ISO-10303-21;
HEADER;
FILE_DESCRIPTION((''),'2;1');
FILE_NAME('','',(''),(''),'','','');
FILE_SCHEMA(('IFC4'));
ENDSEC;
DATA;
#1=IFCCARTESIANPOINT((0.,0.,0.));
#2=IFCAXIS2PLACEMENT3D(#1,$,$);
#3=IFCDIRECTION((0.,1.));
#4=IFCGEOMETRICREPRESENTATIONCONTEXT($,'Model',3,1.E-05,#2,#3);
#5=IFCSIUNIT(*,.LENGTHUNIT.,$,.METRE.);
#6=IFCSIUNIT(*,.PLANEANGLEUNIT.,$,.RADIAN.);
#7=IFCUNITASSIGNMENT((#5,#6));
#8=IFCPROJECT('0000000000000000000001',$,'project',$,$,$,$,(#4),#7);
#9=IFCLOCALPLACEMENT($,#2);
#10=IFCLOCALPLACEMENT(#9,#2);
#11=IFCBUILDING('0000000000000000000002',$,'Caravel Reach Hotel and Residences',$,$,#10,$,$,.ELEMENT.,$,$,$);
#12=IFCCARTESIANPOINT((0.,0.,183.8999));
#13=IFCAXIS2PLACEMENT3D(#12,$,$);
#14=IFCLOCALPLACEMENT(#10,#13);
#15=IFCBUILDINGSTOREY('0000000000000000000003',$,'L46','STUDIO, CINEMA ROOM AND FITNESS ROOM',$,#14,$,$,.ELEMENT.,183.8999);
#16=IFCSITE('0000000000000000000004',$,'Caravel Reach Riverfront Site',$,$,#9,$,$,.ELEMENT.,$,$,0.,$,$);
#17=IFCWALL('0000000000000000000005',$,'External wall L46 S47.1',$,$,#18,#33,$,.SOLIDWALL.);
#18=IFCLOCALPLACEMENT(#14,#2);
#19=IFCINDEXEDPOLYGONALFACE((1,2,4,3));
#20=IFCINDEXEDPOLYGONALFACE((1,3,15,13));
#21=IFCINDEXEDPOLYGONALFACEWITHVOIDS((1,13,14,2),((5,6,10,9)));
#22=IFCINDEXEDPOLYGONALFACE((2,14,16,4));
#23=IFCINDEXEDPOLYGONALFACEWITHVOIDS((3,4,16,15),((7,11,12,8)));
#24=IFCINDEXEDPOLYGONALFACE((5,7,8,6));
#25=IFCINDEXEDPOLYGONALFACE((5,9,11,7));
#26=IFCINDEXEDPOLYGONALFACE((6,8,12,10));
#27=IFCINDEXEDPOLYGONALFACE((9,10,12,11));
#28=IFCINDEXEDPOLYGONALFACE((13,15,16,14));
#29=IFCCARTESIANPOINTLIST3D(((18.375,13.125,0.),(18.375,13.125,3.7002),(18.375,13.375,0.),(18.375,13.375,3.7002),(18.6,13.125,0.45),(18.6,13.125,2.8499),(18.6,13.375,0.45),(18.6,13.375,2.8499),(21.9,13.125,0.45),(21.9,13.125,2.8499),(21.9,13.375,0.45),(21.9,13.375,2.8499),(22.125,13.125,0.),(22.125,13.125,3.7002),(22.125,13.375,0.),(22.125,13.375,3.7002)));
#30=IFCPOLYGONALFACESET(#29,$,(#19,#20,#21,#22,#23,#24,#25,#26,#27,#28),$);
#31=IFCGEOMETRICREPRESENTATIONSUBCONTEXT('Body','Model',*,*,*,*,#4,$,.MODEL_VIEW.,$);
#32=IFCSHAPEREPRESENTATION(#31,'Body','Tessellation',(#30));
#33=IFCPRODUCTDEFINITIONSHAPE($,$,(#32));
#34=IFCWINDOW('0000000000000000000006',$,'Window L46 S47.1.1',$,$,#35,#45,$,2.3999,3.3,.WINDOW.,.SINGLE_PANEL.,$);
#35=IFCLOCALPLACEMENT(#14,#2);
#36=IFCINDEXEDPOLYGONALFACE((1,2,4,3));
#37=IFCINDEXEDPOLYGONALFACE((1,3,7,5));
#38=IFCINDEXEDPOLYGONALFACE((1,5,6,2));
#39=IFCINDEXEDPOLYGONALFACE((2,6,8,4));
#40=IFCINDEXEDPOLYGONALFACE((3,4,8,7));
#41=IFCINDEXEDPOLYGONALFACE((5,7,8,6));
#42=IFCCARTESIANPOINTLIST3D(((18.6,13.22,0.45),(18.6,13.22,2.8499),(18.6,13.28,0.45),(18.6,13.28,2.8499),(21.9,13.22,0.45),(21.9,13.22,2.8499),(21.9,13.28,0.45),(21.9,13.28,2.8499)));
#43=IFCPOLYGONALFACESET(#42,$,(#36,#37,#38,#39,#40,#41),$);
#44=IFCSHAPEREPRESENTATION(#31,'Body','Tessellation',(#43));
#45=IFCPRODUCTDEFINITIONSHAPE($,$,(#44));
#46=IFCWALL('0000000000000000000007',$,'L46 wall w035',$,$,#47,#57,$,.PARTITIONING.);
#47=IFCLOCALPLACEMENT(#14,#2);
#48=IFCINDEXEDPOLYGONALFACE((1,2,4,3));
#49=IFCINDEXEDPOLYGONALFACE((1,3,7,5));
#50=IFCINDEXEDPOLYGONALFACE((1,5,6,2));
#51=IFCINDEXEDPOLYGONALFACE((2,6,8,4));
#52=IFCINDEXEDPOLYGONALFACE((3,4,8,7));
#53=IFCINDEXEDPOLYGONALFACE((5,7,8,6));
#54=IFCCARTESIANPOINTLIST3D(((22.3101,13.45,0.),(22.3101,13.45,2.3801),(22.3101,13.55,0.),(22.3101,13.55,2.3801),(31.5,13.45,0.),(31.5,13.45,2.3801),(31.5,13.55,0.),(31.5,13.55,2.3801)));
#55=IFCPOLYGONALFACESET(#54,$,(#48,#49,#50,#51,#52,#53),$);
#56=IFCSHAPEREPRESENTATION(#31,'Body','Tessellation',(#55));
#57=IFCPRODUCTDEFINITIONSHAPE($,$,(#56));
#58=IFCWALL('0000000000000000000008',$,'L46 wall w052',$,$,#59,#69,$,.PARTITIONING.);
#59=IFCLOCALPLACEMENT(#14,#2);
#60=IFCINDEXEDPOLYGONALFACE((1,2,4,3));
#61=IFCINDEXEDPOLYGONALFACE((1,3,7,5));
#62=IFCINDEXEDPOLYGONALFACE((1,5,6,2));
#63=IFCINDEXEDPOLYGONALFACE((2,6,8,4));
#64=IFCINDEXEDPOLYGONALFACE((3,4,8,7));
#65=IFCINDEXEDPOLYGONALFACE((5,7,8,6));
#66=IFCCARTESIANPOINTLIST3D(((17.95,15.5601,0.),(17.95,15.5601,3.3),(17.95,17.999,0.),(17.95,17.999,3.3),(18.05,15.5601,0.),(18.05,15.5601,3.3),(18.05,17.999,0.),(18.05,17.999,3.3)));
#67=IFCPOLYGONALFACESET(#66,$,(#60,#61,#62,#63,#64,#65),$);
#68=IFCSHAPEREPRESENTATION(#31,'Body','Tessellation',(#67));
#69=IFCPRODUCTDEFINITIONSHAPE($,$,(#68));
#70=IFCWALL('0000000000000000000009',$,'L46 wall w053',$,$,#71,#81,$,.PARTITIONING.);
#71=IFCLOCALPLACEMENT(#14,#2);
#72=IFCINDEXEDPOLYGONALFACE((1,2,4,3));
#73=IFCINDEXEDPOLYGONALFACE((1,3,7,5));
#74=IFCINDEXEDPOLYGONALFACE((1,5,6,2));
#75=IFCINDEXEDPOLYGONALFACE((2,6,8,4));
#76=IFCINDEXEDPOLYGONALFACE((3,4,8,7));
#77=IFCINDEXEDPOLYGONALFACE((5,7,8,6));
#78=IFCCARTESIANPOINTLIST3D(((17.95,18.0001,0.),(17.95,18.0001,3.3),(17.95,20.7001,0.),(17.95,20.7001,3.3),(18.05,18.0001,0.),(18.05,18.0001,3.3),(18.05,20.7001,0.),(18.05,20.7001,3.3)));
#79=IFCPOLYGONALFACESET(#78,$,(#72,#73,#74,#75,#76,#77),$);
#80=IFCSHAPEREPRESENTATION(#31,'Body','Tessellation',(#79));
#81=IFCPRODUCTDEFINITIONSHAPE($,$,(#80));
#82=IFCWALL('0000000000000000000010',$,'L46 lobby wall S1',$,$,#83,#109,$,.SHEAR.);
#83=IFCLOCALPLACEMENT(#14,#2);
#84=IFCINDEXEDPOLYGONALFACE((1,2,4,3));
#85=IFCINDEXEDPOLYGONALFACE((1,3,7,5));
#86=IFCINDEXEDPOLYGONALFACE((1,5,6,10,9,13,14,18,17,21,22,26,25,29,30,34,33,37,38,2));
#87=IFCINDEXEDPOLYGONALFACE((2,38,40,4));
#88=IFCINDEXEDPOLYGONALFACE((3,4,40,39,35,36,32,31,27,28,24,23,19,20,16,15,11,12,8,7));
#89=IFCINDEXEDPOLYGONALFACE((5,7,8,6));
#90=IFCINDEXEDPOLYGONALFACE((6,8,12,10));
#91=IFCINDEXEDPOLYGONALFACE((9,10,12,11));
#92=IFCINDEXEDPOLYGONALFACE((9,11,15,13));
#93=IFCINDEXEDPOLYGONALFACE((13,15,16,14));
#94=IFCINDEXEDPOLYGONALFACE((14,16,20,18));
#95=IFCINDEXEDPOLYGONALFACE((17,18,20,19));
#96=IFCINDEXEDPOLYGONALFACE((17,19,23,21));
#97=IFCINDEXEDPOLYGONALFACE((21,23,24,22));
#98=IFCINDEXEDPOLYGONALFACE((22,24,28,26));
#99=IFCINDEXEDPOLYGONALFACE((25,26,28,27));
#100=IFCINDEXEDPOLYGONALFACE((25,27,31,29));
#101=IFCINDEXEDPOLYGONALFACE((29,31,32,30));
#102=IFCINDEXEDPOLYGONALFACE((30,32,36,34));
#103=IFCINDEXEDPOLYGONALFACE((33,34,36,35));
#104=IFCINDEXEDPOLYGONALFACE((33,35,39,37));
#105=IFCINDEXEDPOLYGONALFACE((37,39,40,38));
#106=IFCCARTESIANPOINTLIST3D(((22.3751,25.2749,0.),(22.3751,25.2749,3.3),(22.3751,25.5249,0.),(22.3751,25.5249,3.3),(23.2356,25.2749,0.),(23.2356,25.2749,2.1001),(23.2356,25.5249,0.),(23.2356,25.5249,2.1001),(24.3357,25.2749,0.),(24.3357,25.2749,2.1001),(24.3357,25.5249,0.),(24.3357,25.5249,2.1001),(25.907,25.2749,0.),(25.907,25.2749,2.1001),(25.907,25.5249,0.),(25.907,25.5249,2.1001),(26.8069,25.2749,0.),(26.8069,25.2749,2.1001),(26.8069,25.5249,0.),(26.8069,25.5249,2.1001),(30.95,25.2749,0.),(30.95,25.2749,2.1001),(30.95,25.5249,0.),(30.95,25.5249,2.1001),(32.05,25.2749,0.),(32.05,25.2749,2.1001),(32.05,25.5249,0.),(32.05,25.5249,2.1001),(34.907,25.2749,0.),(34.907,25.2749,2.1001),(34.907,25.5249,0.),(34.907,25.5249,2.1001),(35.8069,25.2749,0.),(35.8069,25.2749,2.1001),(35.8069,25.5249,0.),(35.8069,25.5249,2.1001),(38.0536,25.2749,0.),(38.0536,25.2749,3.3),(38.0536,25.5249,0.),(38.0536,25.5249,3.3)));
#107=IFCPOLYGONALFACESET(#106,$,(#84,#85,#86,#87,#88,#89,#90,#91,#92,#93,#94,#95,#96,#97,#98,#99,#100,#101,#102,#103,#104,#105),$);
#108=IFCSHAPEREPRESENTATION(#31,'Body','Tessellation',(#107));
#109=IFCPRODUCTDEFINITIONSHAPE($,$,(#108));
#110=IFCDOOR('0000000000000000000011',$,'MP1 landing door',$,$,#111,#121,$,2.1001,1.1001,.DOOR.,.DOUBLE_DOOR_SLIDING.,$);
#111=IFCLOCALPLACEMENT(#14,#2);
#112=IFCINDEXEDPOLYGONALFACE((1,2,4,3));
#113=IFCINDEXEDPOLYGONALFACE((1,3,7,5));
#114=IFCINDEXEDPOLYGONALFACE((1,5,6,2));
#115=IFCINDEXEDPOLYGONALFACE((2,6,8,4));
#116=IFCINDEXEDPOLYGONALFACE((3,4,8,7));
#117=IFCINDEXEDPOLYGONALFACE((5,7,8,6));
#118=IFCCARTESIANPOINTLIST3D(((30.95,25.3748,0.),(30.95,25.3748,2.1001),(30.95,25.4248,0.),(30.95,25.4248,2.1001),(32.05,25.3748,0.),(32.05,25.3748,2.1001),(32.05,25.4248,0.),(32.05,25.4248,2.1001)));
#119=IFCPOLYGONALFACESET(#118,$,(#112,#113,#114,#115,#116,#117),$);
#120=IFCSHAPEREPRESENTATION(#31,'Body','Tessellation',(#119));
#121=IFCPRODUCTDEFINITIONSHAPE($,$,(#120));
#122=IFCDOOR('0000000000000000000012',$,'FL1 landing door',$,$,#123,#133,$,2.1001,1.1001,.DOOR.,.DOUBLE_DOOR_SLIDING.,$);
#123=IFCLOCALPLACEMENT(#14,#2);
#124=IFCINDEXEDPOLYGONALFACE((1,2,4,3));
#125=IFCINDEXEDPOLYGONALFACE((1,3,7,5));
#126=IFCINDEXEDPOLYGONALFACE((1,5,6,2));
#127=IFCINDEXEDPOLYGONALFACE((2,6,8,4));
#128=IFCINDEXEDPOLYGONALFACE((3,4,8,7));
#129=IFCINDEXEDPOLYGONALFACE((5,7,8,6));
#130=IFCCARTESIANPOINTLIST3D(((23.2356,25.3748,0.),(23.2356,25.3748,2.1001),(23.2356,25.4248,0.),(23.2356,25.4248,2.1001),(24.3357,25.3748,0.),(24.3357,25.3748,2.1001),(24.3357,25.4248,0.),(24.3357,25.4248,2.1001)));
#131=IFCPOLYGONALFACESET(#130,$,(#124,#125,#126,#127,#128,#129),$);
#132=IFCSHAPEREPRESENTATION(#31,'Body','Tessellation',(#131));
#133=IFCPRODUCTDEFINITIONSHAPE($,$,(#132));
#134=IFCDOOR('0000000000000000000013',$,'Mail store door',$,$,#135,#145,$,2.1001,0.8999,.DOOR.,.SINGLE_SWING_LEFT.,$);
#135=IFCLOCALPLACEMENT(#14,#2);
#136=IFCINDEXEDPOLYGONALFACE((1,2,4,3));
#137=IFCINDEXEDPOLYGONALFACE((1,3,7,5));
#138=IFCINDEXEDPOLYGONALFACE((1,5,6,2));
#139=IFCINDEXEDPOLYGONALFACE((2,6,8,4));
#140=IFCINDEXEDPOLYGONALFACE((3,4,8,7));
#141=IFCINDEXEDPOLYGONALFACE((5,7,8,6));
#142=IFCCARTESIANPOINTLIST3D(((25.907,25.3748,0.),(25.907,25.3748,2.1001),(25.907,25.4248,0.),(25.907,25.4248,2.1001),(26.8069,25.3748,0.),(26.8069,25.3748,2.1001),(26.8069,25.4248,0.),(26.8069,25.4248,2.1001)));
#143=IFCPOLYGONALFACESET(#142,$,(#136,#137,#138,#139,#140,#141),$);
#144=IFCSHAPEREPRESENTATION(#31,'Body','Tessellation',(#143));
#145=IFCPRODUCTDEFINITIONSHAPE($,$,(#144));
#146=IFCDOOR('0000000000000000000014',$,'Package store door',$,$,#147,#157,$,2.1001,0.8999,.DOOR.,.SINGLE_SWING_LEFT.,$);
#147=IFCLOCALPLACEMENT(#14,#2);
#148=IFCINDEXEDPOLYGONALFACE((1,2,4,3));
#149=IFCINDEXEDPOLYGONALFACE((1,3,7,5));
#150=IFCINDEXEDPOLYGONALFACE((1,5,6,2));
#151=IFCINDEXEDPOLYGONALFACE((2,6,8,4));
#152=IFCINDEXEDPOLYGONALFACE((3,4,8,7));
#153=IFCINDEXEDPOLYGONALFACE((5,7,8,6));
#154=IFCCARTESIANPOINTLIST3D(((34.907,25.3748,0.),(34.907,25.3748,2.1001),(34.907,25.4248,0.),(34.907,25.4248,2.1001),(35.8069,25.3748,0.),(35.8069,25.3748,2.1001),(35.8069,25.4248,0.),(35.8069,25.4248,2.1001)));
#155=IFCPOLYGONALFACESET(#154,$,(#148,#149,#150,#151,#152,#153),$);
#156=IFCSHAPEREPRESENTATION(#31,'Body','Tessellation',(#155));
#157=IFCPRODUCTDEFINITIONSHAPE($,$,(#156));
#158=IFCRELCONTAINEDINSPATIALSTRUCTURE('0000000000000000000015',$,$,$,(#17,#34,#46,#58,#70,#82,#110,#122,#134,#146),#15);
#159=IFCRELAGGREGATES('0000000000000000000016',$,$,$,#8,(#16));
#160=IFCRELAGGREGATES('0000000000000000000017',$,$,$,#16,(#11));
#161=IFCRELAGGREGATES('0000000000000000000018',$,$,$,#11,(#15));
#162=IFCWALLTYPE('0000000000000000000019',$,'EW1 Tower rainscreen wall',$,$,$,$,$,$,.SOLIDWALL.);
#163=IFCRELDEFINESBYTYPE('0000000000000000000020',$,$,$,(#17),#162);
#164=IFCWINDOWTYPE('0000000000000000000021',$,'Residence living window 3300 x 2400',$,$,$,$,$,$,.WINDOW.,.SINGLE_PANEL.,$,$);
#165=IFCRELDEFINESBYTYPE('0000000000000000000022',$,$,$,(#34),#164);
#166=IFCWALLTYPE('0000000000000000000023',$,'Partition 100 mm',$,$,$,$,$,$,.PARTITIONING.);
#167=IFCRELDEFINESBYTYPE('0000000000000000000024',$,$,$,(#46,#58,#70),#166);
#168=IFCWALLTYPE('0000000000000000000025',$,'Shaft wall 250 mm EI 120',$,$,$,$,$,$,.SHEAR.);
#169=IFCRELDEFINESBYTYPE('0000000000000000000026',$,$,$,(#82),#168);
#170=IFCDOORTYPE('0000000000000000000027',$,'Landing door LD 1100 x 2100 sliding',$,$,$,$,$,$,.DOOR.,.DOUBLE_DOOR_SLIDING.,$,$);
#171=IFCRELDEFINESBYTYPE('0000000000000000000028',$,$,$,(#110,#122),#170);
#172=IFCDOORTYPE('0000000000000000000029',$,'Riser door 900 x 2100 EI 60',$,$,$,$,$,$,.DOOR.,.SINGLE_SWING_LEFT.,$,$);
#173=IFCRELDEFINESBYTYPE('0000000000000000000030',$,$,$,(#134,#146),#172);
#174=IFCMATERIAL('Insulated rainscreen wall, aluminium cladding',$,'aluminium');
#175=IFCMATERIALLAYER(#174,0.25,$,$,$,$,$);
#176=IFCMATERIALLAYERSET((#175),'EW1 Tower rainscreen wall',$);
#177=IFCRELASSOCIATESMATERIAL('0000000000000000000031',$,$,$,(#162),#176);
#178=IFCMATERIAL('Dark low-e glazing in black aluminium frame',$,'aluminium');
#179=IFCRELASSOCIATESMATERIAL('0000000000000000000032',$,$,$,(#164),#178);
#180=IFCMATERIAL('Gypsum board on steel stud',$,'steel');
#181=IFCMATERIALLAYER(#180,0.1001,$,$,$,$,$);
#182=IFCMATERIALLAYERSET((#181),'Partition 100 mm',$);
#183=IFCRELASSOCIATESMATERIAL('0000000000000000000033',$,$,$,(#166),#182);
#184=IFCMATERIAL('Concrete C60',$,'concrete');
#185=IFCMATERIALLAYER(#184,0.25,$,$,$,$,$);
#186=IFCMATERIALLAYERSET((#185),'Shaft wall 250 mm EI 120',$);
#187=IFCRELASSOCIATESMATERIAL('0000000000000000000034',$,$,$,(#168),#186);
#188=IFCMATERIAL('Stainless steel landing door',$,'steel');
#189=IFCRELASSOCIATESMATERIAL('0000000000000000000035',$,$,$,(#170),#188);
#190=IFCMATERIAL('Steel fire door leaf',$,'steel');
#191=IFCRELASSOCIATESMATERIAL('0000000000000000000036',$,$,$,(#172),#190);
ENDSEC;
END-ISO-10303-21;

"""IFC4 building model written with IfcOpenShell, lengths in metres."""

from ifc_helpers import new_model, si_unit, direction, frame, frame_2d, origin, place, context, subcontext, project, spatial, rectangle, extrude, material, layer, layer_set, type_object, element, fill, save


model = new_model("IFC4")

# Units and contexts
model_context = context("Model", 3, precision=1e-05, world=origin(), true_north=direction((0.0, 1.0)))
body_context = subcontext(model_context, "Body", "Model", "MODEL_VIEW")
ifc_project = project(units=[si_unit("LENGTHUNIT", "METRE"), si_unit("PLANEANGLEUNIT", "RADIAN")], contexts=[model_context])

# Site, building, storey
site_placement = place(None, origin())
site = spatial("IfcSite", under=ifc_project, at=site_placement, Name="Caravel Reach Riverfront Site", CompositionType="ELEMENT", RefElevation=0.0)
building_placement = place(site_placement, origin())
building = spatial("IfcBuilding", under=site, at=building_placement, Name="Caravel Reach Hotel and Residences", CompositionType="ELEMENT")
storey_placement = place(building_placement, frame((0.0, 0.0, 183.8999)))
storey = spatial("IfcBuildingStorey", under=building, at=storey_placement, Name="L46", Description="STUDIO, CINEMA ROOM AND FITNESS ROOM", CompositionType="ELEMENT", Elevation=183.8999)

# Wall, opening, window
ifc_material_1 = material(Name="Insulated rainscreen wall, aluminium cladding", Category="aluminium")
ifc_layer_1 = layer(ifc_material_1, 0.25)
ifc_layer_set_1 = layer_set([ifc_layer_1], Name="EW1 Tower rainscreen wall")
wall_type_1 = type_object("IfcWallType", Name="EW1 Tower rainscreen wall", PredefinedType="SOLIDWALL", material=ifc_layer_set_1)
wall_1_placement = place(storey_placement, frame((18.375, 13.25, 0.0), z_axis=(0.0, 0.0, 1.0), x_axis=(1.0, 0.0, 0.0)))
wall_1 = element("IfcWall", 1, at=wall_1_placement, inside=storey, type_object=wall_type_1, Name="External wall L46 S47.1", PredefinedType="SOLIDWALL", context=body_context, shape_type="SweptSolid", body=[
    extrude(rectangle(XDim=3.75, YDim=0.25, at=frame_2d((1.875, 0.0))), origin(), (0.0, 0.0, 1.0), 3.7002),
])
opening_1_placement = place(wall_1_placement, frame((0.2251, 0.0, 0.45)))
opening_1 = element("IfcOpeningElement", 2, at=opening_1_placement, cuts=wall_1, PredefinedType="OPENING", context=body_context, shape_type="SweptSolid", body=[
    extrude(rectangle(XDim=3.3, YDim=2.3999, at=frame_2d((1.6499, 1.2))), frame((0.0, 0.135, 0.0), z_axis=(0.0, -1.0, 0.0), x_axis=(1.0, 0.0, 0.0)), (0.0, 0.0, 1.0), 0.27),
])
ifc_material_2 = material(Name="Dark low-e glazing in black aluminium frame", Category="aluminium")
window_type_1 = type_object("IfcWindowType", Name="Residence living window 3300 x 2400", PartitioningType="SINGLE_PANEL", PredefinedType="WINDOW", material=ifc_material_2)
window_1_placement = place(opening_1_placement, origin())
window_1 = element("IfcWindow", 3, at=window_1_placement, inside=storey, type_object=window_type_1, Name="Window L46 S47.1.1", OverallHeight=2.3999, OverallWidth=3.3, PartitioningType="SINGLE_PANEL", PredefinedType="WINDOW", context=body_context, shape_type="SweptSolid", body=[
    extrude(rectangle(XDim=3.3, YDim=2.3999, at=frame_2d((1.6499, 1.2))), frame((0.0, 0.03, 0.0), z_axis=(0.0, -1.0, 0.0), x_axis=(1.0, 0.0, 0.0)), (0.0, 0.0, 1.0), 0.0601),
])
fill(opening_1, window_1)

# Walls
ifc_material_3 = material(Name="Gypsum board on steel stud", Category="steel")
ifc_layer_2 = layer(ifc_material_3, 0.1001)
ifc_layer_set_2 = layer_set([ifc_layer_2], Name="Partition 100 mm")
wall_type_2 = type_object("IfcWallType", Name="Partition 100 mm", PredefinedType="PARTITIONING", material=ifc_layer_set_2)
wall_2_placement = place(storey_placement, frame((22.3101, 13.5, 0.0), z_axis=(0.0, 0.0, 1.0), x_axis=(1.0, 0.0, 0.0)))
element("IfcWall", 4, at=wall_2_placement, inside=storey, type_object=wall_type_2, Name="L46 wall w035", PredefinedType="PARTITIONING", context=body_context, shape_type="SweptSolid", body=[
    extrude(rectangle(XDim=9.1899, YDim=0.1001, at=frame_2d((4.595, 0.0))), origin(), (0.0, 0.0, 1.0), 2.3801),
])
wall_3_placement = place(storey_placement, frame((18.0, 15.5601, 0.0), z_axis=(0.0, 0.0, 1.0), x_axis=(0.0, 1.0, 0.0)))
element("IfcWall", 5, at=wall_3_placement, inside=storey, type_object=wall_type_2, Name="L46 wall w052", PredefinedType="PARTITIONING", context=body_context, shape_type="SweptSolid", body=[
    extrude(rectangle(XDim=2.439, YDim=0.1001, at=frame_2d((1.2195, 0.0))), origin(), (0.0, 0.0, 1.0), 3.3),
])
wall_4_placement = place(storey_placement, frame((18.0, 18.0, 0.0), z_axis=(0.0, 0.0, 1.0), x_axis=(0.0, 1.0, 0.0)))
element("IfcWall", 6, at=wall_4_placement, inside=storey, type_object=wall_type_2, Name="L46 wall w053", PredefinedType="PARTITIONING", context=body_context, shape_type="SweptSolid", body=[
    extrude(rectangle(XDim=2.7, YDim=0.1001, at=frame_2d((1.3501, 0.0))), origin(), (0.0, 0.0, 1.0), 3.3),
])

# Wall, openings, doors
ifc_material_4 = material(Name="Concrete C60", Category="concrete")
ifc_layer_3 = layer(ifc_material_4, 0.25)
ifc_layer_set_3 = layer_set([ifc_layer_3], Name="Shaft wall 250 mm EI 120")
wall_type_3 = type_object("IfcWallType", Name="Shaft wall 250 mm EI 120", PredefinedType="SHEAR", material=ifc_layer_set_3)
wall_5_placement = place(storey_placement, frame((22.375, 25.3999, 0.0), z_axis=(0.0, 0.0, 1.0), x_axis=(1.0, 0.0, 0.0)))
wall_5 = element("IfcWall", 7, at=wall_5_placement, inside=storey, type_object=wall_type_3, Name="L46 lobby wall S1", PredefinedType="SHEAR", context=body_context, shape_type="SweptSolid", body=[
    extrude(rectangle(XDim=15.6785, YDim=0.25, at=frame_2d((7.8394, 0.0))), origin(), (0.0, 0.0, 1.0), 3.3),
])
opening_2_placement = place(wall_5_placement, frame((8.575, 0.0, 0.0)))
opening_2 = element("IfcOpeningElement", 8, at=opening_2_placement, cuts=wall_5, PredefinedType="OPENING", context=body_context, shape_type="SweptSolid", body=[
    extrude(rectangle(XDim=1.1001, YDim=2.1001, at=frame_2d((0.55, 1.05))), frame((0.0, 0.135, 0.0), z_axis=(0.0, -1.0, 0.0), x_axis=(1.0, 0.0, 0.0)), (0.0, 0.0, 1.0), 0.27),
])
opening_3_placement = place(wall_5_placement, frame((0.8606, 0.0, 0.0)))
opening_3 = element("IfcOpeningElement", 9, at=opening_3_placement, cuts=wall_5, PredefinedType="OPENING", context=body_context, shape_type="SweptSolid", body=[
    extrude(rectangle(XDim=1.1001, YDim=2.1001, at=frame_2d((0.55, 1.05))), frame((0.0, 0.135, 0.0), z_axis=(0.0, -1.0, 0.0), x_axis=(1.0, 0.0, 0.0)), (0.0, 0.0, 1.0), 0.27),
])
opening_4_placement = place(wall_5_placement, frame((3.532, 0.0, 0.0)))
opening_4 = element("IfcOpeningElement", 10, at=opening_4_placement, cuts=wall_5, PredefinedType="OPENING", context=body_context, shape_type="SweptSolid", body=[
    extrude(rectangle(XDim=0.8999, YDim=2.1001, at=frame_2d((0.45, 1.05))), frame((0.0, 0.135, 0.0), z_axis=(0.0, -1.0, 0.0), x_axis=(1.0, 0.0, 0.0)), (0.0, 0.0, 1.0), 0.27),
])
opening_5_placement = place(wall_5_placement, frame((12.532, 0.0, 0.0)))
opening_5 = element("IfcOpeningElement", 11, at=opening_5_placement, cuts=wall_5, PredefinedType="OPENING", context=body_context, shape_type="SweptSolid", body=[
    extrude(rectangle(XDim=0.8999, YDim=2.1001, at=frame_2d((0.45, 1.05))), frame((0.0, 0.135, 0.0), z_axis=(0.0, -1.0, 0.0), x_axis=(1.0, 0.0, 0.0)), (0.0, 0.0, 1.0), 0.27),
])
ifc_material_5 = material(Name="Stainless steel landing door", Category="steel")
door_type_1 = type_object("IfcDoorType", Name="Landing door LD 1100 x 2100 sliding", OperationType="DOUBLE_DOOR_SLIDING", PredefinedType="DOOR", material=ifc_material_5)
door_1_placement = place(opening_2_placement, origin())
door_1 = element("IfcDoor", 12, at=door_1_placement, inside=storey, type_object=door_type_1, Name="MP1 landing door", OperationType="DOUBLE_DOOR_SLIDING", OverallHeight=2.1001, OverallWidth=1.1001, PredefinedType="DOOR", context=body_context, shape_type="SweptSolid", body=[
    extrude(rectangle(XDim=1.1001, YDim=2.1001, at=frame_2d((0.55, 1.05))), frame((0.0, 0.0249, 0.0), z_axis=(0.0, -1.0, 0.0), x_axis=(1.0, 0.0, 0.0)), (0.0, 0.0, 1.0), 0.05),
])
fill(opening_2, door_1)
door_2_placement = place(opening_3_placement, origin())
door_2 = element("IfcDoor", 13, at=door_2_placement, inside=storey, type_object=door_type_1, Name="FL1 landing door", OperationType="DOUBLE_DOOR_SLIDING", OverallHeight=2.1001, OverallWidth=1.1001, PredefinedType="DOOR", context=body_context, shape_type="SweptSolid", body=[
    extrude(rectangle(XDim=1.1001, YDim=2.1001, at=frame_2d((0.55, 1.05))), frame((0.0, 0.0249, 0.0), z_axis=(0.0, -1.0, 0.0), x_axis=(1.0, 0.0, 0.0)), (0.0, 0.0, 1.0), 0.05),
])
fill(opening_3, door_2)
ifc_material_6 = material(Name="Steel fire door leaf", Category="steel")
door_type_2 = type_object("IfcDoorType", Name="Riser door 900 x 2100 EI 60", OperationType="SINGLE_SWING_LEFT", PredefinedType="DOOR", material=ifc_material_6)
door_3_placement = place(opening_4_placement, origin())
door_3 = element("IfcDoor", 14, at=door_3_placement, inside=storey, type_object=door_type_2, Name="Mail store door", OperationType="SINGLE_SWING_LEFT", OverallHeight=2.1001, OverallWidth=0.8999, PredefinedType="DOOR", context=body_context, shape_type="SweptSolid", body=[
    extrude(rectangle(XDim=0.8999, YDim=2.1001, at=frame_2d((0.45, 1.05))), frame((0.0, 0.0249, 0.0), z_axis=(0.0, -1.0, 0.0), x_axis=(1.0, 0.0, 0.0)), (0.0, 0.0, 1.0), 0.05),
])
fill(opening_4, door_3)
door_4_placement = place(opening_5_placement, origin())
door_4 = element("IfcDoor", 15, at=door_4_placement, inside=storey, type_object=door_type_2, Name="Package store door", OperationType="SINGLE_SWING_LEFT", OverallHeight=2.1001, OverallWidth=0.8999, PredefinedType="DOOR", context=body_context, shape_type="SweptSolid", body=[
    extrude(rectangle(XDim=0.8999, YDim=2.1001, at=frame_2d((0.45, 1.05))), frame((0.0, 0.0249, 0.0), z_axis=(0.0, -1.0, 0.0), x_axis=(1.0, 0.0, 0.0)), (0.0, 0.0, 1.0), 0.05),
])
fill(opening_5, door_4)

save(model, "model.ifc")
